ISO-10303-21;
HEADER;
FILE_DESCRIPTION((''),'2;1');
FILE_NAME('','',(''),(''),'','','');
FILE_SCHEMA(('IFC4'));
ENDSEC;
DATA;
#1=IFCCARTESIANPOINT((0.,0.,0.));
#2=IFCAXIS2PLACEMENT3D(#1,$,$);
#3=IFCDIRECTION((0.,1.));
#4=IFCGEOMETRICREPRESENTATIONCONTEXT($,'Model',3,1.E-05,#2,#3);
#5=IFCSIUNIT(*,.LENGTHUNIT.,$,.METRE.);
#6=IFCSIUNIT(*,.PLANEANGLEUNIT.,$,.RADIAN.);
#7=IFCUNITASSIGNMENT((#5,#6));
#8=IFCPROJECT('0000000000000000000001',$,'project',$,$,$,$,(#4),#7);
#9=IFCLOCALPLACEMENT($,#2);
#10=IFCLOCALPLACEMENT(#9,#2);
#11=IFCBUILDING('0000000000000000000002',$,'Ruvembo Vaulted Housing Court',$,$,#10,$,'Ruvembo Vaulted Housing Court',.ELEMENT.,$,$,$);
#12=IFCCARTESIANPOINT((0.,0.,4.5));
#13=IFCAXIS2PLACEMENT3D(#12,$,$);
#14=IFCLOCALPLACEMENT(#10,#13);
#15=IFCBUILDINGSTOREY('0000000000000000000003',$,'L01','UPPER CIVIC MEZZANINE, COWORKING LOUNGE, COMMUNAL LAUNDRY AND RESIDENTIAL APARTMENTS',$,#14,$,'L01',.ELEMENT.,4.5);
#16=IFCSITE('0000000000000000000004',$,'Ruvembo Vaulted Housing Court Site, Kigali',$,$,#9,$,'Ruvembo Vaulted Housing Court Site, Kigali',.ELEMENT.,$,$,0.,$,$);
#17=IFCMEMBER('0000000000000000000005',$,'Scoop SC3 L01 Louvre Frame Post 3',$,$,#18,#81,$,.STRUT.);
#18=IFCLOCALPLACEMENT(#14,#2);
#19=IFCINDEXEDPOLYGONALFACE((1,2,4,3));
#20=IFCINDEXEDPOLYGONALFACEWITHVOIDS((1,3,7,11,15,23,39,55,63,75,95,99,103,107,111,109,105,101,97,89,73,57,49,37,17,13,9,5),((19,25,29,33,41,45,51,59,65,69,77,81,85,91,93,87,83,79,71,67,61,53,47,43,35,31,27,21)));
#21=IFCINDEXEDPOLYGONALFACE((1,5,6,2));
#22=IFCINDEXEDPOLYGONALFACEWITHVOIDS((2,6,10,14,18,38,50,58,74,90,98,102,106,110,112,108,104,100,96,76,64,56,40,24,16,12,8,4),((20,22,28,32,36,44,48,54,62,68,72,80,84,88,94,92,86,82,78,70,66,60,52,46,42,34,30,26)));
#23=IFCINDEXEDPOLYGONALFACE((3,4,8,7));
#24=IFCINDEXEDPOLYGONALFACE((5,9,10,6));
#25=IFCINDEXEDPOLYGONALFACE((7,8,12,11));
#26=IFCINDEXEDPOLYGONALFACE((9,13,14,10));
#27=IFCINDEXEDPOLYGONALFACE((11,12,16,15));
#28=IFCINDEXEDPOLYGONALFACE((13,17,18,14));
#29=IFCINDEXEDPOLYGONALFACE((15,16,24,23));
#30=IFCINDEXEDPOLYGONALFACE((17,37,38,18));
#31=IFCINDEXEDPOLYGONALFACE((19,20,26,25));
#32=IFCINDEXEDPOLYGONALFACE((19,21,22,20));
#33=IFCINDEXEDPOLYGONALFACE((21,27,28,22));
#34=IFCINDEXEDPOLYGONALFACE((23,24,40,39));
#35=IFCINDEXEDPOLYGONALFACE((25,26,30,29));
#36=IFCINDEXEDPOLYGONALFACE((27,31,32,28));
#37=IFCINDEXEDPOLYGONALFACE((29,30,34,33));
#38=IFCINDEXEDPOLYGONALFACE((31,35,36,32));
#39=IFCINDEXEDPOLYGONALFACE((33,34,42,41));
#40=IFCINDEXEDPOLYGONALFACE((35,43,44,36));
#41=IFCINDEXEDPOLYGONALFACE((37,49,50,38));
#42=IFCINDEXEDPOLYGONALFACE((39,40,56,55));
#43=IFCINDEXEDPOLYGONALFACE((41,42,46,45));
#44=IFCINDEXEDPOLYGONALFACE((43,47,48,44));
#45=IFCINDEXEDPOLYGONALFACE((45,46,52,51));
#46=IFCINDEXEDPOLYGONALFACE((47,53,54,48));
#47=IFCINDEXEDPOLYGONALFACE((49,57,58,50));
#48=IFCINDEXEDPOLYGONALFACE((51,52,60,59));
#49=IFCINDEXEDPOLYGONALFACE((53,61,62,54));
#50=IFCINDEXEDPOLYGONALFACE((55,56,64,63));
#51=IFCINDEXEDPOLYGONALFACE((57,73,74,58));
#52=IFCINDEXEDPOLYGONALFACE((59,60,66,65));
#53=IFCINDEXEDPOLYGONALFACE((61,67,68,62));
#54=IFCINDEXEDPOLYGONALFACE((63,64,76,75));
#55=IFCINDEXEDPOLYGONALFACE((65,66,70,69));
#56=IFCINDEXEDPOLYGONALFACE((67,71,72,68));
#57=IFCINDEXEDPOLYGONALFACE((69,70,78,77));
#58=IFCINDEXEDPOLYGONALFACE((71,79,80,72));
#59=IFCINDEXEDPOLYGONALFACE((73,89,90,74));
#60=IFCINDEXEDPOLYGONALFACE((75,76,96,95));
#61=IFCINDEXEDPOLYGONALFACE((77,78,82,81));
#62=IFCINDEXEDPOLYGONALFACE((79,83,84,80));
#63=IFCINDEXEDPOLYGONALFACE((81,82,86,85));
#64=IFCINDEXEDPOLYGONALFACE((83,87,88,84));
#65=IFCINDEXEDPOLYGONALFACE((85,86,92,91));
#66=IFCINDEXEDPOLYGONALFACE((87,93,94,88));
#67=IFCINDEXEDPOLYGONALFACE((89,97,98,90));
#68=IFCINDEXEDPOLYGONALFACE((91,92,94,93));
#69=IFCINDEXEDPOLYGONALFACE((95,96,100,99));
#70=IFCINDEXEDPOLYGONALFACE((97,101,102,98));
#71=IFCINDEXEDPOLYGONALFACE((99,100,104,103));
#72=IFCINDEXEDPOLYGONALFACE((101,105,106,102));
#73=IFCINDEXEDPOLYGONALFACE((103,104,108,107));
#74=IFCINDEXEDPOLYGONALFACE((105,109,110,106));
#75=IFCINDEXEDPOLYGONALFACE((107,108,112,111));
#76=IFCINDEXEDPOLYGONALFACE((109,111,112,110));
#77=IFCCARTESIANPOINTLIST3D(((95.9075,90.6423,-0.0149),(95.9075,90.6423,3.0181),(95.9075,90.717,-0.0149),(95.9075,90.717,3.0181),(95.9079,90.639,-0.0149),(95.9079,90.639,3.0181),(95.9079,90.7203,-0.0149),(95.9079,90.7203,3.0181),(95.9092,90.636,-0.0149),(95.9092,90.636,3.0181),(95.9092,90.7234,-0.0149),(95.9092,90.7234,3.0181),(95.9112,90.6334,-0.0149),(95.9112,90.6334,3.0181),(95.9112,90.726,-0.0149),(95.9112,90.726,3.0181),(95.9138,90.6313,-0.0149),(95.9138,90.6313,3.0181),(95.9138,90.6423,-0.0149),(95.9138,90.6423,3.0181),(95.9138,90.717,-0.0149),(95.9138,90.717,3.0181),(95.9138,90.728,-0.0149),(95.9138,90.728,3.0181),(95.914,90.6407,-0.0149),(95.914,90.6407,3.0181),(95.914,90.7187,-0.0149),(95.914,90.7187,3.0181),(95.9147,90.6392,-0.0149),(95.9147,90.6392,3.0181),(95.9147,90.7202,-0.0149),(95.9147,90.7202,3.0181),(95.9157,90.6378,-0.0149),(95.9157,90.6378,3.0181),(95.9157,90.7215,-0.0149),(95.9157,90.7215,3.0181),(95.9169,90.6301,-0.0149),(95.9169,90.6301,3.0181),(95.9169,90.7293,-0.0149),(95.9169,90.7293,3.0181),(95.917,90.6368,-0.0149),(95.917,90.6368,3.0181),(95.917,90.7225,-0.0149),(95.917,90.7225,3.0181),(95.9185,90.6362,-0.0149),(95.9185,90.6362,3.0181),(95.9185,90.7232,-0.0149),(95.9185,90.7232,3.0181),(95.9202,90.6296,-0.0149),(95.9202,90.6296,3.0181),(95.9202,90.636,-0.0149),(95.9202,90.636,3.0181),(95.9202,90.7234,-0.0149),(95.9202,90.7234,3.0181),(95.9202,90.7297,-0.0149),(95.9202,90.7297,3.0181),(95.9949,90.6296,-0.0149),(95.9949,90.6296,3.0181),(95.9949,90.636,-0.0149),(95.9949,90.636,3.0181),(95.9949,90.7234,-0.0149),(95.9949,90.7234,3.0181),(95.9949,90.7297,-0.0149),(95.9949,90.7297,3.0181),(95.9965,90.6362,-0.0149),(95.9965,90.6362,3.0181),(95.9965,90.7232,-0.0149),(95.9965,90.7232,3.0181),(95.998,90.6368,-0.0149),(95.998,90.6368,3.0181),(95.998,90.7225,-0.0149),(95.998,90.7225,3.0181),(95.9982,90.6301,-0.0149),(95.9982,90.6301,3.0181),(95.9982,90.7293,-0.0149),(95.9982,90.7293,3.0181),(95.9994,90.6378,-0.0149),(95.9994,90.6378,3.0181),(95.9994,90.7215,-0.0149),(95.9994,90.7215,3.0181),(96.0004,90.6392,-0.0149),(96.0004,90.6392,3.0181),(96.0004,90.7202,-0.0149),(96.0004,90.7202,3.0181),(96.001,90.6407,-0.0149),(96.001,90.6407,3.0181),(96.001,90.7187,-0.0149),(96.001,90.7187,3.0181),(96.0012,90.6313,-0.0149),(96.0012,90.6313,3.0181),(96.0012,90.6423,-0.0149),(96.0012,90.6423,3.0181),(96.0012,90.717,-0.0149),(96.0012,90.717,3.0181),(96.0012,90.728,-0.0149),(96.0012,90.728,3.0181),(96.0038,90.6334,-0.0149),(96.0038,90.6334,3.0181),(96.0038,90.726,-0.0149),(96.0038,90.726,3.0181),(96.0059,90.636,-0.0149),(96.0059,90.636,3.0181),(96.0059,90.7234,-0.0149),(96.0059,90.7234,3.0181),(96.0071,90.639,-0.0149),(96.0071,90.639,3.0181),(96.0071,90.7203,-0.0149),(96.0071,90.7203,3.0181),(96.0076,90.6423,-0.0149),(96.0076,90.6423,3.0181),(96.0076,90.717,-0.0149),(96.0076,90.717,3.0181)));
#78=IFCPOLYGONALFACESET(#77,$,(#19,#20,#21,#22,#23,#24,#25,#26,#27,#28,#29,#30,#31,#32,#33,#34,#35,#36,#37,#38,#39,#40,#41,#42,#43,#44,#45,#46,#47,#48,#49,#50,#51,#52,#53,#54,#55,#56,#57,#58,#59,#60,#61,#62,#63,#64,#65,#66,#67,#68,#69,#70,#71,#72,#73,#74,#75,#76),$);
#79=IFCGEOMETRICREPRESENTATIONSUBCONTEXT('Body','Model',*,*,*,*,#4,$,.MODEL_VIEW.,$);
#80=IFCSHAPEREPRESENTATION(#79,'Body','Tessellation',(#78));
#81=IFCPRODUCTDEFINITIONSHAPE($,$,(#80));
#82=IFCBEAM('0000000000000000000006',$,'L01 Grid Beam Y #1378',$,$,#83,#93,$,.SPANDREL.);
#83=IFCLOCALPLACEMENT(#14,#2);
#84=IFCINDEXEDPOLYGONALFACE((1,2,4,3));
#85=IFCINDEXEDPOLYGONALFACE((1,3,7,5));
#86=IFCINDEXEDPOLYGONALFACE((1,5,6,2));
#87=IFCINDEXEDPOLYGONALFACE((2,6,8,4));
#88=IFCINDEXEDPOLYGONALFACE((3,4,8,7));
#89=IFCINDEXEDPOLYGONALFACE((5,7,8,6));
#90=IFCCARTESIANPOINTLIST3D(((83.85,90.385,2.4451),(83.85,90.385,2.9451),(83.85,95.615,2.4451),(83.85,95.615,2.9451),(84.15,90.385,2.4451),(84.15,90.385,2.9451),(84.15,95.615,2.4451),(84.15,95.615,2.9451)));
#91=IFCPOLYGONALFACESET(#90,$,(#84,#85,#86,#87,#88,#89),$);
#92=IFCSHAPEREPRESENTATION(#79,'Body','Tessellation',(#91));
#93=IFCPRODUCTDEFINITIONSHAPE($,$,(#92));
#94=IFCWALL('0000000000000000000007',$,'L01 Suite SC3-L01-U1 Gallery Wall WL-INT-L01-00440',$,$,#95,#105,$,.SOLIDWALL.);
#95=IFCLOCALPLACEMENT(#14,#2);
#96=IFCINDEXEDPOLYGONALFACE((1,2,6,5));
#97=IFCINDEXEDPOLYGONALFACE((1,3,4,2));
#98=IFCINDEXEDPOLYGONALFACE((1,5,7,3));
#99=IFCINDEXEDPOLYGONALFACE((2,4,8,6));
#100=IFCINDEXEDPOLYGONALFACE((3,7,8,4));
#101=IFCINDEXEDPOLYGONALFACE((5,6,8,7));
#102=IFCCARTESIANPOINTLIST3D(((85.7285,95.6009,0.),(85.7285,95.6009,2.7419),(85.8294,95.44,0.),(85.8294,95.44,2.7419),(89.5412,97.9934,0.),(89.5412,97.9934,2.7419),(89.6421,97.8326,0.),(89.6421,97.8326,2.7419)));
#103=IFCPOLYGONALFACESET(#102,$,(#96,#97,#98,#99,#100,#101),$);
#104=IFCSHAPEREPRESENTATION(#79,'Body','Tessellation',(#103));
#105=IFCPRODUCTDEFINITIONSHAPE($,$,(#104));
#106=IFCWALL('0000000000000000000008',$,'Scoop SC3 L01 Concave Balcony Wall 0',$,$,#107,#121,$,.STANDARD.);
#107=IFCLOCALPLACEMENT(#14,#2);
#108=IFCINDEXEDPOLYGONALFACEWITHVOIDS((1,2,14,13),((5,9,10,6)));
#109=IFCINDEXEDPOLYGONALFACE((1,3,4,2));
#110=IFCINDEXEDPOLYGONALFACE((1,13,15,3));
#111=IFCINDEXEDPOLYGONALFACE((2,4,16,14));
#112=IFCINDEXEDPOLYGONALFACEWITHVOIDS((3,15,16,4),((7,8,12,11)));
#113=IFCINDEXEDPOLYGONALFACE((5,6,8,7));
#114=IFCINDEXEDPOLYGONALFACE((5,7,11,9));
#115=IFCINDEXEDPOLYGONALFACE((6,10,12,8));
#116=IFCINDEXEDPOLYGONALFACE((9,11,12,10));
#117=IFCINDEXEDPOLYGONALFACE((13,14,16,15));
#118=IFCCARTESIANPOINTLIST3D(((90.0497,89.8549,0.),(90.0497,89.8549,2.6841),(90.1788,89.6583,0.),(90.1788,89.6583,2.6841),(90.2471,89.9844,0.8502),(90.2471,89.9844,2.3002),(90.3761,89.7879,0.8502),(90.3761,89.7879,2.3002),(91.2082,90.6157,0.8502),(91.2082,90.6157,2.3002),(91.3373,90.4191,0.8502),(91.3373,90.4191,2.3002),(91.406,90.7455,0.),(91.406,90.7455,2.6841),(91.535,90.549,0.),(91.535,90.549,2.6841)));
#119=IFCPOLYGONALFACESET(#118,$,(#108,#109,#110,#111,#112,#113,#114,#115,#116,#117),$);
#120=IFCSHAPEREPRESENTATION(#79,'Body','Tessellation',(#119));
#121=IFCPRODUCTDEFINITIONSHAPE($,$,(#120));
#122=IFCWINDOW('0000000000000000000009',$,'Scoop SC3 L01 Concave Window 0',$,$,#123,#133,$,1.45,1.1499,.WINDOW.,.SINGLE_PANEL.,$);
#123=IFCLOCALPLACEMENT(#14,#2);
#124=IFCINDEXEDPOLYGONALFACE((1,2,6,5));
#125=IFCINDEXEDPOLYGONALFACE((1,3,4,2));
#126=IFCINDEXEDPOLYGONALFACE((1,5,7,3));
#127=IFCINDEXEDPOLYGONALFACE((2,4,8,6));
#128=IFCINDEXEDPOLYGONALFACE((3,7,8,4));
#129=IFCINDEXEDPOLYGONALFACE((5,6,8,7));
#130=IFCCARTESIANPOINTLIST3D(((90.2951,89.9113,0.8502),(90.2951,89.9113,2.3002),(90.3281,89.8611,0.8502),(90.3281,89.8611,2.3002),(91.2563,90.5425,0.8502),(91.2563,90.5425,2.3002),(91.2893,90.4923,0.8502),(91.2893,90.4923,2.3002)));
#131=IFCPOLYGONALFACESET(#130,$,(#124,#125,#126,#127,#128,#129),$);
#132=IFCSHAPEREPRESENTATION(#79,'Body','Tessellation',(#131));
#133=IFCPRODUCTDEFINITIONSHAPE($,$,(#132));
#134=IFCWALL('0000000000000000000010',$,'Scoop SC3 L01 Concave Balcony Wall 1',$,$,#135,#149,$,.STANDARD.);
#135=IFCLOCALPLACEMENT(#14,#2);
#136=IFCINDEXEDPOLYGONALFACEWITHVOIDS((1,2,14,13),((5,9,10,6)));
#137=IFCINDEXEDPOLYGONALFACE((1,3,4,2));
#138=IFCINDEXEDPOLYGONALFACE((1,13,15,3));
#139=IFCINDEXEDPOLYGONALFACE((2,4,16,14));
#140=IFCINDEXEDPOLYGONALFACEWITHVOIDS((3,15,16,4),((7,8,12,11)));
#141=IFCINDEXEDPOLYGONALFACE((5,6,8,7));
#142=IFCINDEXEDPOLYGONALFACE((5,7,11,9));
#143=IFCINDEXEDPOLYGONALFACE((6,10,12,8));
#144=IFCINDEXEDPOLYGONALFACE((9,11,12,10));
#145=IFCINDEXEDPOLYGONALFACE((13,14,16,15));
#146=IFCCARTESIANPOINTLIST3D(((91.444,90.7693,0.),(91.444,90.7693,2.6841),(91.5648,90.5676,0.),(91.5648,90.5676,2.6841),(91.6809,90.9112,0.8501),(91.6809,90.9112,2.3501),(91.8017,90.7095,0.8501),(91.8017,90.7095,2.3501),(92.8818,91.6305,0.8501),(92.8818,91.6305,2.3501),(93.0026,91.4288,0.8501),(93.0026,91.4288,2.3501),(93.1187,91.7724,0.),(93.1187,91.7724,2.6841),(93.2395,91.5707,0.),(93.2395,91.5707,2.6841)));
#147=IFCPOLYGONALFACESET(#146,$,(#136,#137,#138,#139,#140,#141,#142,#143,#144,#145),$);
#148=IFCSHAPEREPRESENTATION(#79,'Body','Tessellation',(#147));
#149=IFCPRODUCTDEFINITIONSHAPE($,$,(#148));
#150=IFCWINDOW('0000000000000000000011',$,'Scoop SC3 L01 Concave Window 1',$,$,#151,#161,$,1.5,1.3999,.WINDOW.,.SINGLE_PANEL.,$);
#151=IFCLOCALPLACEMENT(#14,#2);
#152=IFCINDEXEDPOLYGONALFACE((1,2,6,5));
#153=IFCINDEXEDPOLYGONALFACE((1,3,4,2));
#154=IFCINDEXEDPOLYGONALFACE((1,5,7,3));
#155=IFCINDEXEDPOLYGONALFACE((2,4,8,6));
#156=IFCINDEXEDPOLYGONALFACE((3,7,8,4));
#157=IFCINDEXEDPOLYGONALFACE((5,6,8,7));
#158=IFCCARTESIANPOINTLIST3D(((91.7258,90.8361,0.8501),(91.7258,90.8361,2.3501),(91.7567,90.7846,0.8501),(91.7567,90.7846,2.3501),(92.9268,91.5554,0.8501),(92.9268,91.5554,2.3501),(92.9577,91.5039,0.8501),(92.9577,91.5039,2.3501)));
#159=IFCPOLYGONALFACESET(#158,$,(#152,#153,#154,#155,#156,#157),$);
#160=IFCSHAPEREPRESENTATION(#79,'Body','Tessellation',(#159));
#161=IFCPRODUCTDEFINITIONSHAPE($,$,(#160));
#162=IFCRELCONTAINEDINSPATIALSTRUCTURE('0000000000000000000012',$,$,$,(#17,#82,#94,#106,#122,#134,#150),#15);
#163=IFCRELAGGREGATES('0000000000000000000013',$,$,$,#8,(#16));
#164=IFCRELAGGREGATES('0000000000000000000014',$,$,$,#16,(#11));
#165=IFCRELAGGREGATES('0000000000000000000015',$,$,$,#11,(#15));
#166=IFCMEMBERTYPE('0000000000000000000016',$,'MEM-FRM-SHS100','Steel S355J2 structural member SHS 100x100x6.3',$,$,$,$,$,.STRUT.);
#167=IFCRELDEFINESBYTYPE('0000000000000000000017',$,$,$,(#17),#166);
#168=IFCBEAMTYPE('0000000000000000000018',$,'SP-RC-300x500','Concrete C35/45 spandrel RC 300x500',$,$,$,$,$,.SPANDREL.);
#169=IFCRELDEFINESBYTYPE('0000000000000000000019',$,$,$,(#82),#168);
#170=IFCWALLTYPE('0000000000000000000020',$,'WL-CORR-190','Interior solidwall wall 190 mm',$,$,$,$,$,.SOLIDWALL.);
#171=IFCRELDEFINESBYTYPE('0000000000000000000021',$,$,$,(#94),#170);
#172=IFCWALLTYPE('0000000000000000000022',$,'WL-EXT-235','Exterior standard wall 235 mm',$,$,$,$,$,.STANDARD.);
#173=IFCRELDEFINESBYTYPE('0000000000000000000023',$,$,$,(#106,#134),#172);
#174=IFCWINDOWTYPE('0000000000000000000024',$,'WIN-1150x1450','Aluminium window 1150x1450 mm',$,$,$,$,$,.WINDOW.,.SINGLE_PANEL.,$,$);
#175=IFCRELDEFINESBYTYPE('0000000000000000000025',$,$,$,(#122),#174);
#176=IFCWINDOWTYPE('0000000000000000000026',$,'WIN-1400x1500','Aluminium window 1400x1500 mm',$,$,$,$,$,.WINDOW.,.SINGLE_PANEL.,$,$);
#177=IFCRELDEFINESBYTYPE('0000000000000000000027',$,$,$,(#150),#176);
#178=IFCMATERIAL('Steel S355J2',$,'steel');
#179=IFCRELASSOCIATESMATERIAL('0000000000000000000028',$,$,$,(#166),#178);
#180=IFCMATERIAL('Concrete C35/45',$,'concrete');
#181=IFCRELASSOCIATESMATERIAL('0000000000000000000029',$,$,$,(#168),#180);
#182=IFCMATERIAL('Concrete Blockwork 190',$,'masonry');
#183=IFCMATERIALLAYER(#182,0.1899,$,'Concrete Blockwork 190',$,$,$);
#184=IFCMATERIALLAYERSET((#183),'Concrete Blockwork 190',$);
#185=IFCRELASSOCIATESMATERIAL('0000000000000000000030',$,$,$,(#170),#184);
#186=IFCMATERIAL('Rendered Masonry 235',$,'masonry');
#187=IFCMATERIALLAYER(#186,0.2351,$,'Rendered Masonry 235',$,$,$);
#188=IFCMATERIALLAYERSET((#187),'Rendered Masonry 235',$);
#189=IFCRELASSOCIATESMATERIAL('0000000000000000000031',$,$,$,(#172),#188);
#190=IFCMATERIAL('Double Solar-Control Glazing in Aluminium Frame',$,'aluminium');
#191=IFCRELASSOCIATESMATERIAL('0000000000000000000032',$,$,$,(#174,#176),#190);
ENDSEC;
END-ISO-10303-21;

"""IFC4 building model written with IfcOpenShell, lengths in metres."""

from ifc_helpers import new_model, si_unit, direction, frame, frame_2d, origin, origin_2d, place, context, subcontext, project, spatial, rectangle, hollow_rectangle, extrude, material, layer, layer_set, material_profile, profile_set, type_object, element, fill, save


model = new_model("IFC4")

# Units and contexts
model_context = context("Model", 3, precision=1e-05, world=origin(), true_north=direction((0.0, 1.0)))
body_context = subcontext(model_context, "Body", "Model", "MODEL_VIEW")
ifc_project = project(units=[si_unit("LENGTHUNIT", "METRE"), si_unit("PLANEANGLEUNIT", "RADIAN")], contexts=[model_context])

# Site, building, storey
site_placement = place(None, origin())
site = spatial("IfcSite", under=ifc_project, at=site_placement, Name="Ruvembo Vaulted Housing Court Site, Kigali", LongName="Ruvembo Vaulted Housing Court Site, Kigali", CompositionType="ELEMENT", RefElevation=0.0)
building_placement = place(site_placement, origin())
building = spatial("IfcBuilding", under=site, at=building_placement, Name="Ruvembo Vaulted Housing Court", LongName="Ruvembo Vaulted Housing Court", CompositionType="ELEMENT")
storey_placement = place(building_placement, frame((0.0, 0.0, 4.5)))
storey = spatial("IfcBuildingStorey", under=building, at=storey_placement, Name="L01", Description="UPPER CIVIC MEZZANINE, COWORKING LOUNGE, COMMUNAL LAUNDRY AND RESIDENTIAL APARTMENTS", LongName="L01", CompositionType="ELEMENT", Elevation=4.5)

# Shared definitions
ifc_material_1 = material(Name="Steel S355J2", Category="steel")

# Member
ifc_material_profile_1 = material_profile(ifc_material_1, hollow_rectangle(XDim=0.1001, YDim=0.1001, WallThickness=0.0063, InnerFilletRadius=0.0063, OuterFilletRadius=0.0127, at=origin_2d()), Name="SHS 100x100x6.3")
ifc_profile_set_1 = profile_set([ifc_material_profile_1], Name="Steel S355J2")
member_type_1 = type_object("IfcMemberType", Name="MEM-FRM-SHS100", Description="Steel S355J2 structural member SHS 100x100x6.3", PredefinedType="STRUT", material=ifc_profile_set_1)
for number, where, z_axis, x_axis, name in (
    (1, (95.9575, 90.6797, -0.0149), (0.0, 0.0, 1.0), (1.0, 0.0, 0.0), "Scoop SC3 L01 Louvre Frame Post 3"),
):
    element("IfcMember", number, at=place(storey_placement, frame(where, z_axis=z_axis, x_axis=x_axis)), inside=storey, type_object=member_type_1, Name=name, PredefinedType="STRUT", context=body_context, shape_type="SweptSolid", body=[
        extrude(hollow_rectangle(XDim=0.1001, YDim=0.1001, WallThickness=0.0063, InnerFilletRadius=0.0063, OuterFilletRadius=0.0127, at=origin_2d()), origin(), (0.0, 0.0, 1.0), 3.033),
    ])

# Beam
ifc_material_2 = material(Name="Concrete C35/45", Category="concrete")
ifc_material_profile_2 = material_profile(ifc_material_2, rectangle(XDim=0.3, YDim=0.5, at=origin_2d()), Name="RC 300x500")
ifc_profile_set_2 = profile_set([ifc_material_profile_2], Name="Concrete C35/45")
beam_type_1 = type_object("IfcBeamType", Name="SP-RC-300x500", Description="Concrete C35/45 spandrel RC 300x500", PredefinedType="SPANDREL", material=ifc_profile_set_2)
beam_1_placement = place(storey_placement, frame((84.0, 90.385, 2.6951), z_axis=(0.0, 1.0, 0.0), x_axis=(-1.0, 0.0, 0.0)))
element("IfcBeam", 2, at=beam_1_placement, inside=storey, type_object=beam_type_1, Name="L01 Grid Beam Y #1378", PredefinedType="SPANDREL", context=body_context, shape_type="SweptSolid", body=[
    extrude(rectangle(XDim=0.3, YDim=0.5, at=origin_2d()), origin(), (0.0, 0.0, 1.0), 5.23),
])

# Wall
ifc_material_3 = material(Name="Concrete Blockwork 190", Category="masonry")
ifc_layer_1 = layer(ifc_material_3, 0.1899, Name="Concrete Blockwork 190")
ifc_layer_set_1 = layer_set([ifc_layer_1], Name="Concrete Blockwork 190")
wall_type_1 = type_object("IfcWallType", Name="WL-CORR-190", Description="Interior solidwall wall 190 mm", PredefinedType="SOLIDWALL", material=ifc_layer_set_1)
wall_1_placement = place(storey_placement, frame((85.7791, 95.5205, 0.0), z_axis=(0.0, 0.0, 1.0), x_axis=(0.847037, 0.531534, 0.0)))
element("IfcWall", 3, at=wall_1_placement, inside=storey, type_object=wall_type_1, Name="L01 Suite SC3-L01-U1 Gallery Wall WL-INT-L01-00440", PredefinedType="SOLIDWALL", context=body_context, shape_type="SweptSolid", body=[
    extrude(rectangle(XDim=4.5012, YDim=0.1899, at=frame_2d((2.2505, 0.0))), origin(), (0.0, 0.0, 1.0), 2.7419),
])

# Walls, openings, windows
ifc_material_4 = material(Name="Rendered Masonry 235", Category="masonry")
ifc_layer_2 = layer(ifc_material_4, 0.2351, Name="Rendered Masonry 235")
ifc_layer_set_2 = layer_set([ifc_layer_2], Name="Rendered Masonry 235")
wall_type_2 = type_object("IfcWallType", Name="WL-EXT-235", Description="Exterior standard wall 235 mm", PredefinedType="STANDARD", material=ifc_layer_set_2)
wall_2_placement = place(storey_placement, frame((90.1143, 89.7566, 0.0), z_axis=(0.0, 0.0, 1.0), x_axis=(0.835873, 0.548923, 0.0)))
wall_2 = element("IfcWall", 4, at=wall_2_placement, inside=storey, type_object=wall_type_2, Name="Scoop SC3 L01 Concave Balcony Wall 0", PredefinedType="STANDARD", context=body_context, shape_type="SweptSolid", body=[
    extrude(rectangle(XDim=1.6226, YDim=0.2351, at=frame_2d((0.8113, 0.0))), origin(), (0.0, 0.0, 1.0), 2.6841),
])
opening_1_placement = place(wall_2_placement, frame((0.2361, 0.0, 0.8501)))
opening_1 = element("IfcOpeningElement", 5, at=opening_1_placement, cuts=wall_2, PredefinedType="OPENING", context=body_context, shape_type="SweptSolid", body=[
    extrude(rectangle(XDim=1.1499, YDim=1.45, at=frame_2d((0.575, 0.7251))), frame((0.0, 0.1274, 0.0), z_axis=(0.0, -1.0, 0.0), x_axis=(1.0, 0.0, 0.0)), (0.0, 0.0, 1.0), 0.2551),
])
ifc_material_5 = material(Name="Double Solar-Control Glazing in Aluminium Frame", Category="aluminium")
window_type_1 = type_object("IfcWindowType", Name="WIN-1150x1450", Description="Aluminium window 1150x1450 mm", PartitioningType="SINGLE_PANEL", PredefinedType="WINDOW", material=ifc_material_5)
window_1_placement = place(opening_1_placement, origin())
window_1 = element("IfcWindow", 6, at=window_1_placement, inside=storey, type_object=window_type_1, Name="Scoop SC3 L01 Concave Window 0", OverallHeight=1.45, OverallWidth=1.1499, PartitioningType="SINGLE_PANEL", PredefinedType="WINDOW", context=body_context, shape_type="SweptSolid", body=[
    extrude(rectangle(XDim=1.1499, YDim=1.45, at=frame_2d((0.575, 0.7251))), frame((0.0, 0.03, 0.0), z_axis=(0.0, -1.0, 0.0), x_axis=(1.0, 0.0, 0.0)), (0.0, 0.0, 1.0), 0.0601),
])
fill(opening_1, window_1)
wall_3_placement = place(storey_placement, frame((91.5044, 90.6685, 0.0), z_axis=(0.0, 0.0, 1.0), x_axis=(0.857879, 0.513852, 0.0)))
wall_3 = element("IfcWall", 7, at=wall_3_placement, inside=storey, type_object=wall_type_2, Name="Scoop SC3 L01 Concave Balcony Wall 1", PredefinedType="STANDARD", context=body_context, shape_type="SweptSolid", body=[
    extrude(rectangle(XDim=1.9521, YDim=0.2351, at=frame_2d((0.9761, 0.0))), origin(), (0.0, 0.0, 1.0), 2.6841),
])
opening_2_placement = place(wall_3_placement, frame((0.2761, 0.0, 0.8501)))
opening_2 = element("IfcOpeningElement", 8, at=opening_2_placement, cuts=wall_3, PredefinedType="OPENING", context=body_context, shape_type="SweptSolid", body=[
    extrude(rectangle(XDim=1.3999, YDim=1.5, at=frame_2d((0.7, 0.75))), frame((0.0, 0.1274, 0.0), z_axis=(0.0, -1.0, 0.0), x_axis=(1.0, 0.0, 0.0)), (0.0, 0.0, 1.0), 0.2551),
])
window_type_2 = type_object("IfcWindowType", Name="WIN-1400x1500", Description="Aluminium window 1400x1500 mm", PartitioningType="SINGLE_PANEL", PredefinedType="WINDOW", material=ifc_material_5)
window_2_placement = place(opening_2_placement, origin())
window_2 = element("IfcWindow", 9, at=window_2_placement, inside=storey, type_object=window_type_2, Name="Scoop SC3 L01 Concave Window 1", OverallHeight=1.5, OverallWidth=1.3999, PartitioningType="SINGLE_PANEL", PredefinedType="WINDOW", context=body_context, shape_type="SweptSolid", body=[
    extrude(rectangle(XDim=1.3999, YDim=1.5, at=frame_2d((0.7, 0.75))), frame((0.0, 0.03, 0.0), z_axis=(0.0, -1.0, 0.0), x_axis=(1.0, 0.0, 0.0)), (0.0, 0.0, 1.0), 0.0601),
])
fill(opening_2, window_2)

save(model, "model.ifc")
